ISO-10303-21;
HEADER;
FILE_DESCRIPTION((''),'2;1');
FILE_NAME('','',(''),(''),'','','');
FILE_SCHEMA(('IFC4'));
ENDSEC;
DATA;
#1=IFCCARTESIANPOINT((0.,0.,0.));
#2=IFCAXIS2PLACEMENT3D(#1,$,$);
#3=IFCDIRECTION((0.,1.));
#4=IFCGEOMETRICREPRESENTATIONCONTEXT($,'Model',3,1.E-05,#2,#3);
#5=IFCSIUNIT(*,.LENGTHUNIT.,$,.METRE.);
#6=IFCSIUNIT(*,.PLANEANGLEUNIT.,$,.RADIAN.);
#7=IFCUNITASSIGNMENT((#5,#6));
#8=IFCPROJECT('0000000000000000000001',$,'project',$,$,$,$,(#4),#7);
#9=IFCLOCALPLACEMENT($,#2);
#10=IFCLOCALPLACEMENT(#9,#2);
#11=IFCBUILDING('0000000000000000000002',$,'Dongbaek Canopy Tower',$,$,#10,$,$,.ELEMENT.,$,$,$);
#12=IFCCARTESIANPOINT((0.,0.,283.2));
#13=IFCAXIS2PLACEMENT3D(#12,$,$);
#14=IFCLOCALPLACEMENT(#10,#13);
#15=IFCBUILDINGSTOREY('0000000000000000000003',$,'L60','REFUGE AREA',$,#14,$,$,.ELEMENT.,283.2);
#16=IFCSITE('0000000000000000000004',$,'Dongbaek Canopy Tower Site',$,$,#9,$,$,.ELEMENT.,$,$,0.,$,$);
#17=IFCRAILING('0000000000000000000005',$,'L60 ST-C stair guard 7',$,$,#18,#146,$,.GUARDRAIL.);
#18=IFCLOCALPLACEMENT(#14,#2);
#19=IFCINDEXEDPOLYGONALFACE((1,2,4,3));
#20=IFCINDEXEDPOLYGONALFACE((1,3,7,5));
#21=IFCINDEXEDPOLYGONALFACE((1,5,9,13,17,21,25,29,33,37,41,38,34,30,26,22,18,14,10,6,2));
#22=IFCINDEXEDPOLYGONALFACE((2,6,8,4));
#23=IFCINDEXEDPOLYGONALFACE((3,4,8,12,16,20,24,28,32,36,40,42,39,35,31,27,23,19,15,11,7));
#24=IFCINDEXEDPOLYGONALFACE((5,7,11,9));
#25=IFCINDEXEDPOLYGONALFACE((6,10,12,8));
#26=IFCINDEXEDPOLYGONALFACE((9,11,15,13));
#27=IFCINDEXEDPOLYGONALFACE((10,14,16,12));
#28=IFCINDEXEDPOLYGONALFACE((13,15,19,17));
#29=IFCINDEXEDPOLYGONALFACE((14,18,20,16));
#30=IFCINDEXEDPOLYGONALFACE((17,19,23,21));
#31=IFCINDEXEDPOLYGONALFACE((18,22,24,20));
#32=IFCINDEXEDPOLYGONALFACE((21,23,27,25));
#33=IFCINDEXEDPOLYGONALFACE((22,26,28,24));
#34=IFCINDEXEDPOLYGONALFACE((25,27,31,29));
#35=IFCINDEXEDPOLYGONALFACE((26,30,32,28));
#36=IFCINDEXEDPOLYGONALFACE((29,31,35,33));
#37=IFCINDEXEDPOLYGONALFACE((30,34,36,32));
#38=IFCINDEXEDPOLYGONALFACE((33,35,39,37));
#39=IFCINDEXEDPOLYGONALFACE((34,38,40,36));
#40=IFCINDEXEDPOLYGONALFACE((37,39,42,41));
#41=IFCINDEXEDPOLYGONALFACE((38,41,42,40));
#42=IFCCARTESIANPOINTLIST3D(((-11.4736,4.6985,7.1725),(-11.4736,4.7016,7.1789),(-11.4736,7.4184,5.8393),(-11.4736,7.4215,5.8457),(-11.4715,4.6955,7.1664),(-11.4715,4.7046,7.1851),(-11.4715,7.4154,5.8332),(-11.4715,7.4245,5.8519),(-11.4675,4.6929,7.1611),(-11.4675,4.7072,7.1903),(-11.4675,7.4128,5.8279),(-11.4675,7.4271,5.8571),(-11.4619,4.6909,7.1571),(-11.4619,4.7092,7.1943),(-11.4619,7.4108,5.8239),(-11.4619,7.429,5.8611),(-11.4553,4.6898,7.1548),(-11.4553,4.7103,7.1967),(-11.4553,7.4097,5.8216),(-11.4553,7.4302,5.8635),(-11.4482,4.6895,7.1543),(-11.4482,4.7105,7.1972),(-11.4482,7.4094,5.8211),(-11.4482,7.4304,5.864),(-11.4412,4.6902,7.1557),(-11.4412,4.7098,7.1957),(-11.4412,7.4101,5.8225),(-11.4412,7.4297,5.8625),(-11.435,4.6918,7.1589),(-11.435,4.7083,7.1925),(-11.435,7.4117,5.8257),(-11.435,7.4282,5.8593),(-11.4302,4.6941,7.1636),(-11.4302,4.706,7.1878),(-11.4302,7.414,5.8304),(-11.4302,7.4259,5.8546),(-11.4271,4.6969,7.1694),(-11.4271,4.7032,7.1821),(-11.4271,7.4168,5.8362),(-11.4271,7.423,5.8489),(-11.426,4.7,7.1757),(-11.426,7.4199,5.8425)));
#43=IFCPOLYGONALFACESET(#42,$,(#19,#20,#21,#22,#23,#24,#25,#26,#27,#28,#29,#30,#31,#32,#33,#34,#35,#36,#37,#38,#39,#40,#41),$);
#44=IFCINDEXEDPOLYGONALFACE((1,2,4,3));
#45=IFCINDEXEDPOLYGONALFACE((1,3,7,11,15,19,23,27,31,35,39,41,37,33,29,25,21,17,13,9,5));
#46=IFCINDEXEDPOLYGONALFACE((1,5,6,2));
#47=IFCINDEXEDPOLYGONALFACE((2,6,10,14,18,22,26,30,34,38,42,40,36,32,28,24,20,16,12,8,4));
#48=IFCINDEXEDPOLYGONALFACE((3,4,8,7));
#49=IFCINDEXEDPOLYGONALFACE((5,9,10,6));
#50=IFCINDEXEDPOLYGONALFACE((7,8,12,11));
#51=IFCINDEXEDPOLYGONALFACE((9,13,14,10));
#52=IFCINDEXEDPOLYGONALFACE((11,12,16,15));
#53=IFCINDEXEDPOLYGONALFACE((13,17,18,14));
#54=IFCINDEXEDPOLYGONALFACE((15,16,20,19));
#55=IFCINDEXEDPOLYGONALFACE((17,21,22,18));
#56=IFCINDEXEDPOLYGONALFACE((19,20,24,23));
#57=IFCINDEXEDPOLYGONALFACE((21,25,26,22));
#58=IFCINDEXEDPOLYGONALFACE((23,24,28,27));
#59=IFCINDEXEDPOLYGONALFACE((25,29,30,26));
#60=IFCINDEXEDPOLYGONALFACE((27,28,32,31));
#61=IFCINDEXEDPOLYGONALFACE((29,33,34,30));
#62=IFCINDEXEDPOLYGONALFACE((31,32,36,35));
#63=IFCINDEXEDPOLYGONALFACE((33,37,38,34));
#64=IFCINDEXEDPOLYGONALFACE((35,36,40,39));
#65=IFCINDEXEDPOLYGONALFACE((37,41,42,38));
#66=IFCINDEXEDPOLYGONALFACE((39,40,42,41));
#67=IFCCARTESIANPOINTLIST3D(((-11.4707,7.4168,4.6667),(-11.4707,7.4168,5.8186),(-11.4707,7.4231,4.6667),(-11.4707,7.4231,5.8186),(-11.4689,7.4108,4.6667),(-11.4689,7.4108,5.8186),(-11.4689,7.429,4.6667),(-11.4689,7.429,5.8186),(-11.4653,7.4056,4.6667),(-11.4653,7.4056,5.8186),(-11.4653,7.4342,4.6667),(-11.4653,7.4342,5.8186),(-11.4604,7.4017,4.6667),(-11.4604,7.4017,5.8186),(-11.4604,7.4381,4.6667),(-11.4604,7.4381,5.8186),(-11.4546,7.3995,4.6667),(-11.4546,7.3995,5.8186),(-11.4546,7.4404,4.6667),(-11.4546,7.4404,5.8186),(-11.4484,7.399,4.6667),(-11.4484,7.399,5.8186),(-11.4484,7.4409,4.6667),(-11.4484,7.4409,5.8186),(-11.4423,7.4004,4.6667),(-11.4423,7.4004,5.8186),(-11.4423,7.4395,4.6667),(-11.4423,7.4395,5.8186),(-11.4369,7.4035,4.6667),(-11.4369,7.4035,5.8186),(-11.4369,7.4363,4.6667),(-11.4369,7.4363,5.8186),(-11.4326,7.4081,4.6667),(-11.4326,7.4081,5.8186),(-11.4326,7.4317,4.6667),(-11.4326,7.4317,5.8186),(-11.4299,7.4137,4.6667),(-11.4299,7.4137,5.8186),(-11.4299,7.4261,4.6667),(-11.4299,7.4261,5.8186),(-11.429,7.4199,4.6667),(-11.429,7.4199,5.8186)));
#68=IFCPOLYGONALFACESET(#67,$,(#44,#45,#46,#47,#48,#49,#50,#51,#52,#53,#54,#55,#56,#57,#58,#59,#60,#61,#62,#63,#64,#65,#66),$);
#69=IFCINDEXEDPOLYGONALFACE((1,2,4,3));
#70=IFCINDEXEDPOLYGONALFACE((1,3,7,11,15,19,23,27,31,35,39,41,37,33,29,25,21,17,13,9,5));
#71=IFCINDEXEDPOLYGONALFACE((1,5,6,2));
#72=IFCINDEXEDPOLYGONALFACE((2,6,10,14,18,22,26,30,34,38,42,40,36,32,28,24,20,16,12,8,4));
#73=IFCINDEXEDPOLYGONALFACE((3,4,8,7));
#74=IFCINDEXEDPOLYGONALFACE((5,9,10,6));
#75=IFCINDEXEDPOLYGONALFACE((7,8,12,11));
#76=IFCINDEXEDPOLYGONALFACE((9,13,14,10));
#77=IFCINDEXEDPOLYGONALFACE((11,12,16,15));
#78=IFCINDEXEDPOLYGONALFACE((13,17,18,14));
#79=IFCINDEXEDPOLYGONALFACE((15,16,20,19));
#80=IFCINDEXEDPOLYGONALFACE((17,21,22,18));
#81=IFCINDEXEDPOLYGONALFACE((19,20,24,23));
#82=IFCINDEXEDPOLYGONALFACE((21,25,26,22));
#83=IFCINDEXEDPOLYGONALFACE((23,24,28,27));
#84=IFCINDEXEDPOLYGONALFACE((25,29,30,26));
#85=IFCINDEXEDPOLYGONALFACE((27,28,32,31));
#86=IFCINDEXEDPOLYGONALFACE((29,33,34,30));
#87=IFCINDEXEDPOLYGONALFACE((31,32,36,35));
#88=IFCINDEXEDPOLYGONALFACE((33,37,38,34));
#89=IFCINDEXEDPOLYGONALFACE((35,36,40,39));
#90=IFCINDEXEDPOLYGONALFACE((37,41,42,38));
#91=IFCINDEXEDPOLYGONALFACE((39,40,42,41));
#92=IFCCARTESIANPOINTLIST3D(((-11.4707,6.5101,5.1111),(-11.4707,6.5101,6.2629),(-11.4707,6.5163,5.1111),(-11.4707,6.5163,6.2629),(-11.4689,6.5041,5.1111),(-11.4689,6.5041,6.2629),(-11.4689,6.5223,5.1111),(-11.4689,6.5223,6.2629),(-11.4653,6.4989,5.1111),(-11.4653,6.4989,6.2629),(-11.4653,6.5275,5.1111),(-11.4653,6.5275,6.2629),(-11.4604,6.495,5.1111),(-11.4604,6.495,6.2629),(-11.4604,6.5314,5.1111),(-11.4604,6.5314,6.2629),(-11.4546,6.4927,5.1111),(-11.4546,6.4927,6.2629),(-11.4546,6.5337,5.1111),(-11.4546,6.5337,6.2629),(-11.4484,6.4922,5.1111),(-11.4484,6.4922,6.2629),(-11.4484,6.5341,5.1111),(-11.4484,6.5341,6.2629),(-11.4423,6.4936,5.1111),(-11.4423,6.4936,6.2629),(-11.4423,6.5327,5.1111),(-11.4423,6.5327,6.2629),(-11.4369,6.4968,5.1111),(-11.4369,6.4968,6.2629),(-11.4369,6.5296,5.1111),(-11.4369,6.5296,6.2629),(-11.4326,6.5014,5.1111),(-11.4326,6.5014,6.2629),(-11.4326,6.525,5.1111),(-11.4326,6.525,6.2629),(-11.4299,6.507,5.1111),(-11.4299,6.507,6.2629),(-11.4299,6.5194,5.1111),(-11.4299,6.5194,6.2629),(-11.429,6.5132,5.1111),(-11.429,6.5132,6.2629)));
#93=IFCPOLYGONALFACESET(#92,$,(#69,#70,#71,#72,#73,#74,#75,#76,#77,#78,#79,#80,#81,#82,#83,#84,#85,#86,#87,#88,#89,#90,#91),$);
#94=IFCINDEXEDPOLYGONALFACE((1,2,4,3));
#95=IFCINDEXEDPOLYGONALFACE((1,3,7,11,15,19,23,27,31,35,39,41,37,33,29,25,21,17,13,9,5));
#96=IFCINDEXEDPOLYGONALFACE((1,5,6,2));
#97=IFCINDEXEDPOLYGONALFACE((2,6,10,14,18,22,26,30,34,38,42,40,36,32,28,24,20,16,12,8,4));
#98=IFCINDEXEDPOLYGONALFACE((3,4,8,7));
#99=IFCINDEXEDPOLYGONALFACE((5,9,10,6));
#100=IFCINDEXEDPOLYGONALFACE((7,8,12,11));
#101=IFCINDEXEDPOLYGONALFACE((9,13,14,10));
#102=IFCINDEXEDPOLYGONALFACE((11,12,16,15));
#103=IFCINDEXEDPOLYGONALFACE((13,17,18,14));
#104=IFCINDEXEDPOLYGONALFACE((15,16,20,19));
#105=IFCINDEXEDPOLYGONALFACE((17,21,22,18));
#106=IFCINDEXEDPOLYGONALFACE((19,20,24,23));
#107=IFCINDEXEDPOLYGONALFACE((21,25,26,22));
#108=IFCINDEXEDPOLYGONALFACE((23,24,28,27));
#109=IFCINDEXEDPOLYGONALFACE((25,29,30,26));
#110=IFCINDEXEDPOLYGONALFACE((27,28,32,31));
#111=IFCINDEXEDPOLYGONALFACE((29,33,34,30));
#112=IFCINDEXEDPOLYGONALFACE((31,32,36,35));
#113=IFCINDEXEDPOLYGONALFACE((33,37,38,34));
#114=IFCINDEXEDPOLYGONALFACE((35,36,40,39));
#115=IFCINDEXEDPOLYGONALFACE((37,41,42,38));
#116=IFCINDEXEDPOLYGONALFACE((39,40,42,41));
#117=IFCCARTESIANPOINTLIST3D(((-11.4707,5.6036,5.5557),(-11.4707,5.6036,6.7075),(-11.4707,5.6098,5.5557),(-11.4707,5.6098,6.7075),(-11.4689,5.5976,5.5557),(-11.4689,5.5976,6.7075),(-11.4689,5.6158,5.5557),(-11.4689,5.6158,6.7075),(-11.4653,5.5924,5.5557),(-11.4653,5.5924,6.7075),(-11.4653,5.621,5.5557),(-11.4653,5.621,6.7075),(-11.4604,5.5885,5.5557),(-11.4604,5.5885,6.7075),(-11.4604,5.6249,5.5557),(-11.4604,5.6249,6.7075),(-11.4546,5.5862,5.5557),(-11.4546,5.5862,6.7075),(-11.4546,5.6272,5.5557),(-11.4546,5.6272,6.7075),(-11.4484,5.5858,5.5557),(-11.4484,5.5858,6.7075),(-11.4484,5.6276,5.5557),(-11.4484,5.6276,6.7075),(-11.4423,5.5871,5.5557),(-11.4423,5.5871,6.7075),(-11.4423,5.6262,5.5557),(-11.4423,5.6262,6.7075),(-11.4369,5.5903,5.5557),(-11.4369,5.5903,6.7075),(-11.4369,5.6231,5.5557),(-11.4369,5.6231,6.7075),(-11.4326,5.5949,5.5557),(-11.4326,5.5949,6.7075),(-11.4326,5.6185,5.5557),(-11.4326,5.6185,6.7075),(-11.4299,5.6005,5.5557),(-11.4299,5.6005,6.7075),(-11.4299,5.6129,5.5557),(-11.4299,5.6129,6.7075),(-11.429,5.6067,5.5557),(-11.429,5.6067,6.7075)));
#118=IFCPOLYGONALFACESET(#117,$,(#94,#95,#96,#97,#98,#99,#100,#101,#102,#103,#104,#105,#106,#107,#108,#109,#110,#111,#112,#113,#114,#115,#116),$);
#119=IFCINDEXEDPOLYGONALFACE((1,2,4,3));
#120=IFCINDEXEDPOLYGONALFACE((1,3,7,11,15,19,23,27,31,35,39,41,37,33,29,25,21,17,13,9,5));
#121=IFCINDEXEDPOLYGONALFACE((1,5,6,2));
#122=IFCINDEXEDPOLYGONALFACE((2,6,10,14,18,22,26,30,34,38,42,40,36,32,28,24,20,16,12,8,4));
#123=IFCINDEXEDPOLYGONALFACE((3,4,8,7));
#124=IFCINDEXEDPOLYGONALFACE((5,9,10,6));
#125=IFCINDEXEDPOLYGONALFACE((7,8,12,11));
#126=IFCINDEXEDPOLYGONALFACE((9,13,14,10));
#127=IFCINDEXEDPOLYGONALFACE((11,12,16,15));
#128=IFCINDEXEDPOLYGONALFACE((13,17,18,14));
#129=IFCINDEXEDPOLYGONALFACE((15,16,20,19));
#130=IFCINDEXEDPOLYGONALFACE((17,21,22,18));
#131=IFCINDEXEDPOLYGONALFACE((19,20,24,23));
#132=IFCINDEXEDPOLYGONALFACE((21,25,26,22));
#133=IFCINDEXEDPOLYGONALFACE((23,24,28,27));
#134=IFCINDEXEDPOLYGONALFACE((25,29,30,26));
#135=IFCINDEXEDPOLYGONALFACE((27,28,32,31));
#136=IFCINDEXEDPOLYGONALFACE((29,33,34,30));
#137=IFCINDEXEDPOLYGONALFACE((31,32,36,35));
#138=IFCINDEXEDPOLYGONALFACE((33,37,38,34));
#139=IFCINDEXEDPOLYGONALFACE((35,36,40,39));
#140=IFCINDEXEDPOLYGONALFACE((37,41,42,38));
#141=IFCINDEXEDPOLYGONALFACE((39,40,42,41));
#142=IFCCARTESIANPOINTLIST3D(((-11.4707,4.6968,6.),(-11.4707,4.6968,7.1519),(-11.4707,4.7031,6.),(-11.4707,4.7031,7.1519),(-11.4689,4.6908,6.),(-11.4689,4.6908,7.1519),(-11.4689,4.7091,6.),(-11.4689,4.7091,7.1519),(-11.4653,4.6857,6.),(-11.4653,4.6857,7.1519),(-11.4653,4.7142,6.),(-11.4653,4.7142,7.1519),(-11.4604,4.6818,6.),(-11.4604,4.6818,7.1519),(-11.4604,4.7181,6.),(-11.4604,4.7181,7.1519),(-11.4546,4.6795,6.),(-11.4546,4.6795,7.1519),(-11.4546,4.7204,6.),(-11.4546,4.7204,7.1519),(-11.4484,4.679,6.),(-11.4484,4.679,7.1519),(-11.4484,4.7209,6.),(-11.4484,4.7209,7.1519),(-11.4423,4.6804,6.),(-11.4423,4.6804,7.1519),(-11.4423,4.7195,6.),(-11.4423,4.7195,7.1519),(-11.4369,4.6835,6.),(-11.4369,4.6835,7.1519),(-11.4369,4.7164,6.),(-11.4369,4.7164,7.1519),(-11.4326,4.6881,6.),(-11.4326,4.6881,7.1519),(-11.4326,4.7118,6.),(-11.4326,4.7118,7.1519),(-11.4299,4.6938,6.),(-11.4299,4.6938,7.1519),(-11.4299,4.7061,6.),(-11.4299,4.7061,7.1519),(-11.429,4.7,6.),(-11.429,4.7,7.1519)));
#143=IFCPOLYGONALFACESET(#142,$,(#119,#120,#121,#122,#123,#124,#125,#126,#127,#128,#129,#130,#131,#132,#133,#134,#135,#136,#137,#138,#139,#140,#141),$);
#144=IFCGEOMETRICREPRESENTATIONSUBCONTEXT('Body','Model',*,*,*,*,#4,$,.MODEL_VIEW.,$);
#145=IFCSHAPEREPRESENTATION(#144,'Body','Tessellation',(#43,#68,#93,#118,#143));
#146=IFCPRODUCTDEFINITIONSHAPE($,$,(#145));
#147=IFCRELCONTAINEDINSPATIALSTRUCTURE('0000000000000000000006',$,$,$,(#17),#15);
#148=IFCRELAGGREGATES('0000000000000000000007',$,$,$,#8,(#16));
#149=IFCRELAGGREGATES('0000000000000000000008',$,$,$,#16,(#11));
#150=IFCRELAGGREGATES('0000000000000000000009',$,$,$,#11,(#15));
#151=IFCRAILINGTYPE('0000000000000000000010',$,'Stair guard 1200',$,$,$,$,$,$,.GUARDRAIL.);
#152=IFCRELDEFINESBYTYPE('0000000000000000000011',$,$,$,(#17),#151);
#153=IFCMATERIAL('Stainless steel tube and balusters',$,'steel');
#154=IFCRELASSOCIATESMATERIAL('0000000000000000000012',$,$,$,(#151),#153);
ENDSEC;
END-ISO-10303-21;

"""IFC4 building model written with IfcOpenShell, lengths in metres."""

from ifc_helpers import new_model, si_unit, direction, frame, origin, origin_2d, place, context, subcontext, project, spatial, circle, extrude, material, type_object, element, save


model = new_model("IFC4")

# Units and contexts
model_context = context("Model", 3, precision=1e-05, world=origin(), true_north=direction((0.0, 1.0)))
body_context = subcontext(model_context, "Body", "Model", "MODEL_VIEW")
ifc_project = project(units=[si_unit("LENGTHUNIT", "METRE"), si_unit("PLANEANGLEUNIT", "RADIAN")], contexts=[model_context])

# Site, building, storey
site_placement = place(None, origin())
site = spatial("IfcSite", under=ifc_project, at=site_placement, Name="Dongbaek Canopy Tower Site", CompositionType="ELEMENT", RefElevation=0.0)
building_placement = place(site_placement, origin())
building = spatial("IfcBuilding", under=site, at=building_placement, Name="Dongbaek Canopy Tower", CompositionType="ELEMENT")
storey_placement = place(building_placement, frame((0.0, 0.0, 283.2)))
storey = spatial("IfcBuildingStorey", under=building, at=storey_placement, Name="L60", Description="REFUGE AREA", CompositionType="ELEMENT", Elevation=283.2)

# Railing
ifc_material_1 = material(Name="Stainless steel tube and balusters", Category="steel")
railing_type_1 = type_object("IfcRailingType", Name="Stair guard 1200", PredefinedType="GUARDRAIL", material=ifc_material_1)
railing_1_placement = place(storey_placement, frame((-11.45, 7.4199, 4.6667)))
element("IfcRailing", 1, at=railing_1_placement, inside=storey, type_object=railing_type_1, Name="L60 ST-C stair guard 7", PredefinedType="GUARDRAIL", context=body_context, shape_type="SweptSolid", body=[
    extrude(circle(Radius=0.0239, at=origin_2d()), frame((0.0, 0.0, 1.1758), z_axis=(0.0, -0.897929, 0.440139), x_axis=(1.0, 0.0, 0.0)), (0.0, 0.0, 1.0), 3.0291),
    extrude(circle(Radius=0.021, at=origin_2d()), origin(), (0.0, 0.0, 1.0), 1.1519),
    extrude(circle(Radius=0.021, at=origin_2d()), frame((0.0, -0.9067, 0.4443)), (0.0, 0.0, 1.0), 1.1519),
    extrude(circle(Radius=0.021, at=origin_2d()), frame((0.0, -1.8132, 0.8889)), (0.0, 0.0, 1.0), 1.1519),
    extrude(circle(Radius=0.021, at=origin_2d()), frame((0.0, -2.72, 1.3333)), (0.0, 0.0, 1.0), 1.1519),
])

save(model, "model.ifc")
